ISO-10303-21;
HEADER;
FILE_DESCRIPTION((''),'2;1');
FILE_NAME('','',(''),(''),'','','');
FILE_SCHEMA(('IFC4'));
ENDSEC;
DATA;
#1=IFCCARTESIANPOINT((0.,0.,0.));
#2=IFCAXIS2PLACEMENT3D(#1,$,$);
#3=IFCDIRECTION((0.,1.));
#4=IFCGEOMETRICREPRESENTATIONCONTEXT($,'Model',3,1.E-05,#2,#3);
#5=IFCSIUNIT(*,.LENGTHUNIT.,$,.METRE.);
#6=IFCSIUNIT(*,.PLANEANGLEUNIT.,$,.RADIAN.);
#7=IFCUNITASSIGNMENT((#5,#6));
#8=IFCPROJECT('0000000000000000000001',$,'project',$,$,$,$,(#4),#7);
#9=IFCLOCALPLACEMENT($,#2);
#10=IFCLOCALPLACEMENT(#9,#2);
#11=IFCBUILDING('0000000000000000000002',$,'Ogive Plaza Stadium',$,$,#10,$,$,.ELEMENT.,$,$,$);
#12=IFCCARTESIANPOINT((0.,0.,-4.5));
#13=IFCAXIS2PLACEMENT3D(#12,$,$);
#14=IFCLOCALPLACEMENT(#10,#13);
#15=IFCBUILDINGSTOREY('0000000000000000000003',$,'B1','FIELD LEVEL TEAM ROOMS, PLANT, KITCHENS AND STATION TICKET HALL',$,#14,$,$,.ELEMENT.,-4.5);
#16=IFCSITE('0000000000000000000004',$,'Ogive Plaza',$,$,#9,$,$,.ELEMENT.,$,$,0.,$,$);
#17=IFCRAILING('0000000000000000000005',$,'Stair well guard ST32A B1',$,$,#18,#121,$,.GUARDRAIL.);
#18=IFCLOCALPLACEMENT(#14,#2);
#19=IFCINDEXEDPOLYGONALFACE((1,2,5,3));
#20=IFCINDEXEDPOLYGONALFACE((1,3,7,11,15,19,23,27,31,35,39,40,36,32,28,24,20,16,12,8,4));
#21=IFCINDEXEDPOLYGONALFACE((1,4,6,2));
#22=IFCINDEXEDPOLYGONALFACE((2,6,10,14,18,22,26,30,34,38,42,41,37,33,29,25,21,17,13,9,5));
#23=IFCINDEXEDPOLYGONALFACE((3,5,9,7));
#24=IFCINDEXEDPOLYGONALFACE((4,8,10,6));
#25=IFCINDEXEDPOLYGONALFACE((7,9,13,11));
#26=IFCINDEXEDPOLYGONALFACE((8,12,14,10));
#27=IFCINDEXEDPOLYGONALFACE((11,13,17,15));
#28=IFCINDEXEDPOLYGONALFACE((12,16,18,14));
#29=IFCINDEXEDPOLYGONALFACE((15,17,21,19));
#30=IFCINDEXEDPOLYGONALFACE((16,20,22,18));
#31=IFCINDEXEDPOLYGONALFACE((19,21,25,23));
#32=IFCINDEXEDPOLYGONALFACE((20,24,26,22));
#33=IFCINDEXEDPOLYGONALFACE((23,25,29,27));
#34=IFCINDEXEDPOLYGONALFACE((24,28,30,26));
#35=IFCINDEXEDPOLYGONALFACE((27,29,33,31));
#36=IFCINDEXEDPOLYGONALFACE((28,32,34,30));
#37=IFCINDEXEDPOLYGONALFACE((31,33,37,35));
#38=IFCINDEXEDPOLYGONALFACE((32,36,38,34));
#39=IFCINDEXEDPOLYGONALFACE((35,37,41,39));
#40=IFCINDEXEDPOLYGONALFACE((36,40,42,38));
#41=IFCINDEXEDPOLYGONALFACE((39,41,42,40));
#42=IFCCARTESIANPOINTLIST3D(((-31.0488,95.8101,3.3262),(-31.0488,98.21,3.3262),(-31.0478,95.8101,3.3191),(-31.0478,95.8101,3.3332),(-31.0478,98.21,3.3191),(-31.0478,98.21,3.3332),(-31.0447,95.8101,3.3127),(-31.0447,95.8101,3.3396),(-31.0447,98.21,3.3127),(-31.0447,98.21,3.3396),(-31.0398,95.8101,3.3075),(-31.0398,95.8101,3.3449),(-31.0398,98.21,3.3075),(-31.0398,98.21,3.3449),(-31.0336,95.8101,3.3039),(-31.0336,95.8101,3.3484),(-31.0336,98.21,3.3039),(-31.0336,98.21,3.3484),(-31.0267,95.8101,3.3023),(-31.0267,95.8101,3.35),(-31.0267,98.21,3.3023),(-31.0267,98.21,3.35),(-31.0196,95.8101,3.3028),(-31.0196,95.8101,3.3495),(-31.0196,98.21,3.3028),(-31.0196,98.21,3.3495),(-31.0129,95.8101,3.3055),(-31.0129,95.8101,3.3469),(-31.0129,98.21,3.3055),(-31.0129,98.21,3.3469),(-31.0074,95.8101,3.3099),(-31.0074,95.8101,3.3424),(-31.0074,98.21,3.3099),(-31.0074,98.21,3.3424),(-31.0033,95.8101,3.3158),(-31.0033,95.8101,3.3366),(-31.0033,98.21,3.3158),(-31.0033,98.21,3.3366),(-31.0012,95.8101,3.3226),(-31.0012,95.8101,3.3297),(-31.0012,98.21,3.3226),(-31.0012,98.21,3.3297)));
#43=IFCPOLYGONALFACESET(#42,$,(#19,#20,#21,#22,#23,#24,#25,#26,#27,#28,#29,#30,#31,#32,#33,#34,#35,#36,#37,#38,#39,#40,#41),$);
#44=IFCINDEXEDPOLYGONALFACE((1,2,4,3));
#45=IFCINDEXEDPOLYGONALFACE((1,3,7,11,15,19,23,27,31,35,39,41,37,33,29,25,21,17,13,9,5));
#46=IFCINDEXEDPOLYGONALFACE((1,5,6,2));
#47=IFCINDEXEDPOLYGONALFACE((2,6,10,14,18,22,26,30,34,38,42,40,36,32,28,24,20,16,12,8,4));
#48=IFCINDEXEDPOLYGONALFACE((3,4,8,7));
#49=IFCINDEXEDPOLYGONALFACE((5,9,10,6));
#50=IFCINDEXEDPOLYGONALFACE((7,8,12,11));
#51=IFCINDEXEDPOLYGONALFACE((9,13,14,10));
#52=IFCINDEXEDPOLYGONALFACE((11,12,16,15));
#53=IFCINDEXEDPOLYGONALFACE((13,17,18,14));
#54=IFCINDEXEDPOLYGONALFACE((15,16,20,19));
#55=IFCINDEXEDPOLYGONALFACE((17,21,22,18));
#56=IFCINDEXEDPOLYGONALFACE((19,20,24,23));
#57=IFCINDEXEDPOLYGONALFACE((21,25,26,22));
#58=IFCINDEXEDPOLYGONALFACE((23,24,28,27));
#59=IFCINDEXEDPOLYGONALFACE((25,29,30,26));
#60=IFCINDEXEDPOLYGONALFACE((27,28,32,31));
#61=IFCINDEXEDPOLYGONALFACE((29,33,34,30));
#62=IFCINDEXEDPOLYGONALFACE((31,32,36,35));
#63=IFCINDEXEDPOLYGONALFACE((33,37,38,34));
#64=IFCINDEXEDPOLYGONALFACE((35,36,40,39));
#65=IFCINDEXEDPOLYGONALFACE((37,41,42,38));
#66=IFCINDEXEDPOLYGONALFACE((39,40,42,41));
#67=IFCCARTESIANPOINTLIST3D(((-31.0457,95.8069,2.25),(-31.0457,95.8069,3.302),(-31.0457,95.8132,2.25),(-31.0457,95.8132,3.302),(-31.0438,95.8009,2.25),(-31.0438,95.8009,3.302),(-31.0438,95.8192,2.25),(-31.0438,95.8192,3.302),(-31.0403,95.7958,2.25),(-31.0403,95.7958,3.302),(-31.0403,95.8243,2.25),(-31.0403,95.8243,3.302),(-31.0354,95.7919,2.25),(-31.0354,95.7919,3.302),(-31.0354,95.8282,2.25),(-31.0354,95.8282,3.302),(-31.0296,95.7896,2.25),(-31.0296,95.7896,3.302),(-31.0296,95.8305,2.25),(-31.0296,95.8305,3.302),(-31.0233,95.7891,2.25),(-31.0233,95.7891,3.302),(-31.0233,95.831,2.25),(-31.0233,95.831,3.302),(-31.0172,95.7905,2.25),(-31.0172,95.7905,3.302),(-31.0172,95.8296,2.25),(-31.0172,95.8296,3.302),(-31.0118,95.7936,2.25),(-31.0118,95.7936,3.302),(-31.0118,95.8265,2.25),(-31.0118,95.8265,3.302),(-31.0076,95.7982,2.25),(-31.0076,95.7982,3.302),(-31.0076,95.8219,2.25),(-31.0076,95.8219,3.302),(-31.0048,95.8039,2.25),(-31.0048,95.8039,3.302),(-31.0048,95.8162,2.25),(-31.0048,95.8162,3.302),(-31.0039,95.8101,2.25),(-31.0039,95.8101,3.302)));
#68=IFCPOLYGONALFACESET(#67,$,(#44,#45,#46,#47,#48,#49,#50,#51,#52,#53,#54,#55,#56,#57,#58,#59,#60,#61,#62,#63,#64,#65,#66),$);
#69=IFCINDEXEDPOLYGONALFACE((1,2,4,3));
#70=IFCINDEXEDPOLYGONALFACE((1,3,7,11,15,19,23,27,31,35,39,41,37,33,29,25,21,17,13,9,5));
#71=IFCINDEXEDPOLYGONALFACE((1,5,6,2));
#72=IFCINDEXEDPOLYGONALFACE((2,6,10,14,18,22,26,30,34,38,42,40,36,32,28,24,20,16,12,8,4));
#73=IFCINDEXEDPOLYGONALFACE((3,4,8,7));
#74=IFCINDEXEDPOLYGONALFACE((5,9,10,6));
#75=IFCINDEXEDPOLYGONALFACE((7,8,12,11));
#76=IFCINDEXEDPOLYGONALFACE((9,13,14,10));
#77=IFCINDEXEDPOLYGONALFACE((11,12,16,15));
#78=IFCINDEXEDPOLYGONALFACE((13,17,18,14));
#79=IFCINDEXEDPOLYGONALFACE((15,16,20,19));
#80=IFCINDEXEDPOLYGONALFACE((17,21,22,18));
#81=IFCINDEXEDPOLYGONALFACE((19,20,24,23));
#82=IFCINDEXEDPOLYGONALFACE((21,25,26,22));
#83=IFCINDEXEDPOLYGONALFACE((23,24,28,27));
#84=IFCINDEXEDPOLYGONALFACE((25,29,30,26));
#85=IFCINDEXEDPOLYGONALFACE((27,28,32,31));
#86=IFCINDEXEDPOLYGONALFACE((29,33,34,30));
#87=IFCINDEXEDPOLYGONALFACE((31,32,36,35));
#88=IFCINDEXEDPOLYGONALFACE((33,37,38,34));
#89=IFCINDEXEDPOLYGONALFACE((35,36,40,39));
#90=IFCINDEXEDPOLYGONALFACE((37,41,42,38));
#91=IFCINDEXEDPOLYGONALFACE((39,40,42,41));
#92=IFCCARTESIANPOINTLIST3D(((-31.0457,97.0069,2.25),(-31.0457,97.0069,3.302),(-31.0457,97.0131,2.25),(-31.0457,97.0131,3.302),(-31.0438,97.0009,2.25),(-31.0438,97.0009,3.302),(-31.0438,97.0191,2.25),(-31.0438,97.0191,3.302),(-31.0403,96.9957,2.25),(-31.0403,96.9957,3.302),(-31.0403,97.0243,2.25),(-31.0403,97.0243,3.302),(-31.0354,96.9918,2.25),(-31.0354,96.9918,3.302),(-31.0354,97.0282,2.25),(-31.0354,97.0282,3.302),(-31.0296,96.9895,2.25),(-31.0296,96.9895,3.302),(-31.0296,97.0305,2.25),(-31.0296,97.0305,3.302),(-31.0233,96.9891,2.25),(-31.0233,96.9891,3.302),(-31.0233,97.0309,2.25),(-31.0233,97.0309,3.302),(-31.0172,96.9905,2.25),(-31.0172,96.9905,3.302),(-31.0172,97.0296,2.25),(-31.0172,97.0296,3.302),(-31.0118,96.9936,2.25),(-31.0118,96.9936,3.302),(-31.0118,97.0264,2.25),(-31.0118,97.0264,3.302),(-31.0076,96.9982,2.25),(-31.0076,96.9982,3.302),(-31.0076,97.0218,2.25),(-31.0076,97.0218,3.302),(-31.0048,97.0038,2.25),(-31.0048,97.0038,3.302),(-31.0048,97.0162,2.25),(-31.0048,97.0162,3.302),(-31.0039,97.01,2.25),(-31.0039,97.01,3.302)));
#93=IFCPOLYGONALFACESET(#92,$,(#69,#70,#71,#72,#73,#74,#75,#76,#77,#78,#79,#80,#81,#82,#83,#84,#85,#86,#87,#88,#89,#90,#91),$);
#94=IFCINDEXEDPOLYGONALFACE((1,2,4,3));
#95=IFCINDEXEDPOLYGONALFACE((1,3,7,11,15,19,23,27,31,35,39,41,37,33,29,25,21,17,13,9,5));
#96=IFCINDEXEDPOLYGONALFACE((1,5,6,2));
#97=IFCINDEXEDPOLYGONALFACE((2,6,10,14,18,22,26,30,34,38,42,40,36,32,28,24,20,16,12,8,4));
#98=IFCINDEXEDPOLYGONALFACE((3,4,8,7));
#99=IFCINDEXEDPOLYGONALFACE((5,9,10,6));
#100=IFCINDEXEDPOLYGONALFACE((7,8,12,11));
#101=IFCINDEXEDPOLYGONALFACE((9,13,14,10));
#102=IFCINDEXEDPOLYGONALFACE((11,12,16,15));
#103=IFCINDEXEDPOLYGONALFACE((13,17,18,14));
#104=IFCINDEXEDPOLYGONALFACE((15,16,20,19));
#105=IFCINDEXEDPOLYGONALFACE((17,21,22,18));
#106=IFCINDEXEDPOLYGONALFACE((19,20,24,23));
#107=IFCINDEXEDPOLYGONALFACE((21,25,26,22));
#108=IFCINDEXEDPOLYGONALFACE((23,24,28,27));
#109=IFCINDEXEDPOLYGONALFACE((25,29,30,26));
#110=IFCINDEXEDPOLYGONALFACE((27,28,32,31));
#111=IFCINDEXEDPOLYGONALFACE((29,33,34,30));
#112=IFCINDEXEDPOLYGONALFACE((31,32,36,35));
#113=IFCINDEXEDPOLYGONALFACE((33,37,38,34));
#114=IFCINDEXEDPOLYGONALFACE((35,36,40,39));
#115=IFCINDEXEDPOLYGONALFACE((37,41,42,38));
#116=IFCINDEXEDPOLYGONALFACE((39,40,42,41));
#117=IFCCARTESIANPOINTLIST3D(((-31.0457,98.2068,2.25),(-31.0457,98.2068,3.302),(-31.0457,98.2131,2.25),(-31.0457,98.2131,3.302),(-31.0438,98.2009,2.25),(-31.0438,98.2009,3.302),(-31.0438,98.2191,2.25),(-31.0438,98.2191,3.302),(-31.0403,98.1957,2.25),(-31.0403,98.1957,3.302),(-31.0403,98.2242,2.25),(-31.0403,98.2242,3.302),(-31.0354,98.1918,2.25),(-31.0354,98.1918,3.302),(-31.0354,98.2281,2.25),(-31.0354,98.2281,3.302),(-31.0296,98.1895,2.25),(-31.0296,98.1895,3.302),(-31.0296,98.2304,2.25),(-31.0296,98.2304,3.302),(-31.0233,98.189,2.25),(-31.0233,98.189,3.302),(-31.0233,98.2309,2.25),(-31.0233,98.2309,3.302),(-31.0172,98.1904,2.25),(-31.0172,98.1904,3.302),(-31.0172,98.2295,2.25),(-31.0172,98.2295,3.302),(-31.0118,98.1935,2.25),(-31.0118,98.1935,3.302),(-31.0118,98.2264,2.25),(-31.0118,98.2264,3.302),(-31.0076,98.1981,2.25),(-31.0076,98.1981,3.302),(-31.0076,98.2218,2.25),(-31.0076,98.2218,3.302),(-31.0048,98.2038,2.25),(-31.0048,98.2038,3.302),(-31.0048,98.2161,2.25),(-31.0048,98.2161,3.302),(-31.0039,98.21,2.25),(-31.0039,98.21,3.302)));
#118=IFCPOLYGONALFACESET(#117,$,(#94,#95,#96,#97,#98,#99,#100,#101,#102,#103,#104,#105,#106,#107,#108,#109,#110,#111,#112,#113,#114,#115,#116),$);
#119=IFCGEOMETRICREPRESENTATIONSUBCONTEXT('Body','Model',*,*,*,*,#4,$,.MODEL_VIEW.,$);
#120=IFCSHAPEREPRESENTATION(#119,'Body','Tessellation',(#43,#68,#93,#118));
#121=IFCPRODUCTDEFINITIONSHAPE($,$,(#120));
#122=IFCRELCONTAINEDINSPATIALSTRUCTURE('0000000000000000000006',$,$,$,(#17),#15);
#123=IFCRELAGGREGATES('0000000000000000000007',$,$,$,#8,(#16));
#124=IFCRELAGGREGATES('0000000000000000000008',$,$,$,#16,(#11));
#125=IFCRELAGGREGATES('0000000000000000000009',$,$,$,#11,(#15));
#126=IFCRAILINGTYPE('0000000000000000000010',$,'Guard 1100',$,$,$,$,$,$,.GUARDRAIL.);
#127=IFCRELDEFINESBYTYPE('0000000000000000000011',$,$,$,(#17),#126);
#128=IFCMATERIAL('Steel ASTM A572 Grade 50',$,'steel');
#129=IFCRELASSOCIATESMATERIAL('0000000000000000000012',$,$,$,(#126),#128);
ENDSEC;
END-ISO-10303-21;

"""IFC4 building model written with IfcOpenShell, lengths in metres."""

from ifc_helpers import new_model, si_unit, direction, frame, origin, origin_2d, place, context, subcontext, project, spatial, circle, extrude, material, type_object, element, save


model = new_model("IFC4")

# Units and contexts
model_context = context("Model", 3, precision=1e-05, world=origin(), true_north=direction((0.0, 1.0)))
body_context = subcontext(model_context, "Body", "Model", "MODEL_VIEW")
ifc_project = project(units=[si_unit("LENGTHUNIT", "METRE"), si_unit("PLANEANGLEUNIT", "RADIAN")], contexts=[model_context])

# Site, building, storey
site_placement = place(None, origin())
site = spatial("IfcSite", under=ifc_project, at=site_placement, Name="Ogive Plaza", CompositionType="ELEMENT", RefElevation=0.0)
building_placement = place(site_placement, origin())
building = spatial("IfcBuilding", under=site, at=building_placement, Name="Ogive Plaza Stadium", CompositionType="ELEMENT")
storey_placement = place(building_placement, frame((0.0, 0.0, -4.5)))
storey = spatial("IfcBuildingStorey", under=building, at=storey_placement, Name="B1", Description="FIELD LEVEL TEAM ROOMS, PLANT, KITCHENS AND STATION TICKET HALL", CompositionType="ELEMENT", Elevation=-4.5)

# Railing
ifc_material_1 = material(Name="Steel ASTM A572 Grade 50", Category="steel")
railing_type_1 = type_object("IfcRailingType", Name="Guard 1100", PredefinedType="GUARDRAIL", material=ifc_material_1)
railing_placement = place(storey_placement, frame((-31.0249, 95.8101, 2.25)))
element("IfcRailing", 1, at=railing_placement, inside=storey, type_object=railing_type_1, Name="Stair well guard ST32A B1", PredefinedType="GUARDRAIL", context=body_context, shape_type="SweptSolid", body=[
    extrude(circle(Radius=0.0239, at=origin_2d()), frame((0.0, 0.0, 1.0762), z_axis=(0.0, 1.0, 0.0), x_axis=(-1.0, 0.0, 0.0)), (0.0, 0.0, 1.0), 2.3999),
    extrude(circle(Radius=0.021, at=origin_2d()), origin(), (0.0, 0.0, 1.0), 1.052),
    extrude(circle(Radius=0.021, at=origin_2d()), frame((0.0, 1.2, 0.0)), (0.0, 0.0, 1.0), 1.052),
    extrude(circle(Radius=0.021, at=origin_2d()), frame((0.0, 2.3999, 0.0)), (0.0, 0.0, 1.0), 1.052),
])

save(model, "model.ifc")
